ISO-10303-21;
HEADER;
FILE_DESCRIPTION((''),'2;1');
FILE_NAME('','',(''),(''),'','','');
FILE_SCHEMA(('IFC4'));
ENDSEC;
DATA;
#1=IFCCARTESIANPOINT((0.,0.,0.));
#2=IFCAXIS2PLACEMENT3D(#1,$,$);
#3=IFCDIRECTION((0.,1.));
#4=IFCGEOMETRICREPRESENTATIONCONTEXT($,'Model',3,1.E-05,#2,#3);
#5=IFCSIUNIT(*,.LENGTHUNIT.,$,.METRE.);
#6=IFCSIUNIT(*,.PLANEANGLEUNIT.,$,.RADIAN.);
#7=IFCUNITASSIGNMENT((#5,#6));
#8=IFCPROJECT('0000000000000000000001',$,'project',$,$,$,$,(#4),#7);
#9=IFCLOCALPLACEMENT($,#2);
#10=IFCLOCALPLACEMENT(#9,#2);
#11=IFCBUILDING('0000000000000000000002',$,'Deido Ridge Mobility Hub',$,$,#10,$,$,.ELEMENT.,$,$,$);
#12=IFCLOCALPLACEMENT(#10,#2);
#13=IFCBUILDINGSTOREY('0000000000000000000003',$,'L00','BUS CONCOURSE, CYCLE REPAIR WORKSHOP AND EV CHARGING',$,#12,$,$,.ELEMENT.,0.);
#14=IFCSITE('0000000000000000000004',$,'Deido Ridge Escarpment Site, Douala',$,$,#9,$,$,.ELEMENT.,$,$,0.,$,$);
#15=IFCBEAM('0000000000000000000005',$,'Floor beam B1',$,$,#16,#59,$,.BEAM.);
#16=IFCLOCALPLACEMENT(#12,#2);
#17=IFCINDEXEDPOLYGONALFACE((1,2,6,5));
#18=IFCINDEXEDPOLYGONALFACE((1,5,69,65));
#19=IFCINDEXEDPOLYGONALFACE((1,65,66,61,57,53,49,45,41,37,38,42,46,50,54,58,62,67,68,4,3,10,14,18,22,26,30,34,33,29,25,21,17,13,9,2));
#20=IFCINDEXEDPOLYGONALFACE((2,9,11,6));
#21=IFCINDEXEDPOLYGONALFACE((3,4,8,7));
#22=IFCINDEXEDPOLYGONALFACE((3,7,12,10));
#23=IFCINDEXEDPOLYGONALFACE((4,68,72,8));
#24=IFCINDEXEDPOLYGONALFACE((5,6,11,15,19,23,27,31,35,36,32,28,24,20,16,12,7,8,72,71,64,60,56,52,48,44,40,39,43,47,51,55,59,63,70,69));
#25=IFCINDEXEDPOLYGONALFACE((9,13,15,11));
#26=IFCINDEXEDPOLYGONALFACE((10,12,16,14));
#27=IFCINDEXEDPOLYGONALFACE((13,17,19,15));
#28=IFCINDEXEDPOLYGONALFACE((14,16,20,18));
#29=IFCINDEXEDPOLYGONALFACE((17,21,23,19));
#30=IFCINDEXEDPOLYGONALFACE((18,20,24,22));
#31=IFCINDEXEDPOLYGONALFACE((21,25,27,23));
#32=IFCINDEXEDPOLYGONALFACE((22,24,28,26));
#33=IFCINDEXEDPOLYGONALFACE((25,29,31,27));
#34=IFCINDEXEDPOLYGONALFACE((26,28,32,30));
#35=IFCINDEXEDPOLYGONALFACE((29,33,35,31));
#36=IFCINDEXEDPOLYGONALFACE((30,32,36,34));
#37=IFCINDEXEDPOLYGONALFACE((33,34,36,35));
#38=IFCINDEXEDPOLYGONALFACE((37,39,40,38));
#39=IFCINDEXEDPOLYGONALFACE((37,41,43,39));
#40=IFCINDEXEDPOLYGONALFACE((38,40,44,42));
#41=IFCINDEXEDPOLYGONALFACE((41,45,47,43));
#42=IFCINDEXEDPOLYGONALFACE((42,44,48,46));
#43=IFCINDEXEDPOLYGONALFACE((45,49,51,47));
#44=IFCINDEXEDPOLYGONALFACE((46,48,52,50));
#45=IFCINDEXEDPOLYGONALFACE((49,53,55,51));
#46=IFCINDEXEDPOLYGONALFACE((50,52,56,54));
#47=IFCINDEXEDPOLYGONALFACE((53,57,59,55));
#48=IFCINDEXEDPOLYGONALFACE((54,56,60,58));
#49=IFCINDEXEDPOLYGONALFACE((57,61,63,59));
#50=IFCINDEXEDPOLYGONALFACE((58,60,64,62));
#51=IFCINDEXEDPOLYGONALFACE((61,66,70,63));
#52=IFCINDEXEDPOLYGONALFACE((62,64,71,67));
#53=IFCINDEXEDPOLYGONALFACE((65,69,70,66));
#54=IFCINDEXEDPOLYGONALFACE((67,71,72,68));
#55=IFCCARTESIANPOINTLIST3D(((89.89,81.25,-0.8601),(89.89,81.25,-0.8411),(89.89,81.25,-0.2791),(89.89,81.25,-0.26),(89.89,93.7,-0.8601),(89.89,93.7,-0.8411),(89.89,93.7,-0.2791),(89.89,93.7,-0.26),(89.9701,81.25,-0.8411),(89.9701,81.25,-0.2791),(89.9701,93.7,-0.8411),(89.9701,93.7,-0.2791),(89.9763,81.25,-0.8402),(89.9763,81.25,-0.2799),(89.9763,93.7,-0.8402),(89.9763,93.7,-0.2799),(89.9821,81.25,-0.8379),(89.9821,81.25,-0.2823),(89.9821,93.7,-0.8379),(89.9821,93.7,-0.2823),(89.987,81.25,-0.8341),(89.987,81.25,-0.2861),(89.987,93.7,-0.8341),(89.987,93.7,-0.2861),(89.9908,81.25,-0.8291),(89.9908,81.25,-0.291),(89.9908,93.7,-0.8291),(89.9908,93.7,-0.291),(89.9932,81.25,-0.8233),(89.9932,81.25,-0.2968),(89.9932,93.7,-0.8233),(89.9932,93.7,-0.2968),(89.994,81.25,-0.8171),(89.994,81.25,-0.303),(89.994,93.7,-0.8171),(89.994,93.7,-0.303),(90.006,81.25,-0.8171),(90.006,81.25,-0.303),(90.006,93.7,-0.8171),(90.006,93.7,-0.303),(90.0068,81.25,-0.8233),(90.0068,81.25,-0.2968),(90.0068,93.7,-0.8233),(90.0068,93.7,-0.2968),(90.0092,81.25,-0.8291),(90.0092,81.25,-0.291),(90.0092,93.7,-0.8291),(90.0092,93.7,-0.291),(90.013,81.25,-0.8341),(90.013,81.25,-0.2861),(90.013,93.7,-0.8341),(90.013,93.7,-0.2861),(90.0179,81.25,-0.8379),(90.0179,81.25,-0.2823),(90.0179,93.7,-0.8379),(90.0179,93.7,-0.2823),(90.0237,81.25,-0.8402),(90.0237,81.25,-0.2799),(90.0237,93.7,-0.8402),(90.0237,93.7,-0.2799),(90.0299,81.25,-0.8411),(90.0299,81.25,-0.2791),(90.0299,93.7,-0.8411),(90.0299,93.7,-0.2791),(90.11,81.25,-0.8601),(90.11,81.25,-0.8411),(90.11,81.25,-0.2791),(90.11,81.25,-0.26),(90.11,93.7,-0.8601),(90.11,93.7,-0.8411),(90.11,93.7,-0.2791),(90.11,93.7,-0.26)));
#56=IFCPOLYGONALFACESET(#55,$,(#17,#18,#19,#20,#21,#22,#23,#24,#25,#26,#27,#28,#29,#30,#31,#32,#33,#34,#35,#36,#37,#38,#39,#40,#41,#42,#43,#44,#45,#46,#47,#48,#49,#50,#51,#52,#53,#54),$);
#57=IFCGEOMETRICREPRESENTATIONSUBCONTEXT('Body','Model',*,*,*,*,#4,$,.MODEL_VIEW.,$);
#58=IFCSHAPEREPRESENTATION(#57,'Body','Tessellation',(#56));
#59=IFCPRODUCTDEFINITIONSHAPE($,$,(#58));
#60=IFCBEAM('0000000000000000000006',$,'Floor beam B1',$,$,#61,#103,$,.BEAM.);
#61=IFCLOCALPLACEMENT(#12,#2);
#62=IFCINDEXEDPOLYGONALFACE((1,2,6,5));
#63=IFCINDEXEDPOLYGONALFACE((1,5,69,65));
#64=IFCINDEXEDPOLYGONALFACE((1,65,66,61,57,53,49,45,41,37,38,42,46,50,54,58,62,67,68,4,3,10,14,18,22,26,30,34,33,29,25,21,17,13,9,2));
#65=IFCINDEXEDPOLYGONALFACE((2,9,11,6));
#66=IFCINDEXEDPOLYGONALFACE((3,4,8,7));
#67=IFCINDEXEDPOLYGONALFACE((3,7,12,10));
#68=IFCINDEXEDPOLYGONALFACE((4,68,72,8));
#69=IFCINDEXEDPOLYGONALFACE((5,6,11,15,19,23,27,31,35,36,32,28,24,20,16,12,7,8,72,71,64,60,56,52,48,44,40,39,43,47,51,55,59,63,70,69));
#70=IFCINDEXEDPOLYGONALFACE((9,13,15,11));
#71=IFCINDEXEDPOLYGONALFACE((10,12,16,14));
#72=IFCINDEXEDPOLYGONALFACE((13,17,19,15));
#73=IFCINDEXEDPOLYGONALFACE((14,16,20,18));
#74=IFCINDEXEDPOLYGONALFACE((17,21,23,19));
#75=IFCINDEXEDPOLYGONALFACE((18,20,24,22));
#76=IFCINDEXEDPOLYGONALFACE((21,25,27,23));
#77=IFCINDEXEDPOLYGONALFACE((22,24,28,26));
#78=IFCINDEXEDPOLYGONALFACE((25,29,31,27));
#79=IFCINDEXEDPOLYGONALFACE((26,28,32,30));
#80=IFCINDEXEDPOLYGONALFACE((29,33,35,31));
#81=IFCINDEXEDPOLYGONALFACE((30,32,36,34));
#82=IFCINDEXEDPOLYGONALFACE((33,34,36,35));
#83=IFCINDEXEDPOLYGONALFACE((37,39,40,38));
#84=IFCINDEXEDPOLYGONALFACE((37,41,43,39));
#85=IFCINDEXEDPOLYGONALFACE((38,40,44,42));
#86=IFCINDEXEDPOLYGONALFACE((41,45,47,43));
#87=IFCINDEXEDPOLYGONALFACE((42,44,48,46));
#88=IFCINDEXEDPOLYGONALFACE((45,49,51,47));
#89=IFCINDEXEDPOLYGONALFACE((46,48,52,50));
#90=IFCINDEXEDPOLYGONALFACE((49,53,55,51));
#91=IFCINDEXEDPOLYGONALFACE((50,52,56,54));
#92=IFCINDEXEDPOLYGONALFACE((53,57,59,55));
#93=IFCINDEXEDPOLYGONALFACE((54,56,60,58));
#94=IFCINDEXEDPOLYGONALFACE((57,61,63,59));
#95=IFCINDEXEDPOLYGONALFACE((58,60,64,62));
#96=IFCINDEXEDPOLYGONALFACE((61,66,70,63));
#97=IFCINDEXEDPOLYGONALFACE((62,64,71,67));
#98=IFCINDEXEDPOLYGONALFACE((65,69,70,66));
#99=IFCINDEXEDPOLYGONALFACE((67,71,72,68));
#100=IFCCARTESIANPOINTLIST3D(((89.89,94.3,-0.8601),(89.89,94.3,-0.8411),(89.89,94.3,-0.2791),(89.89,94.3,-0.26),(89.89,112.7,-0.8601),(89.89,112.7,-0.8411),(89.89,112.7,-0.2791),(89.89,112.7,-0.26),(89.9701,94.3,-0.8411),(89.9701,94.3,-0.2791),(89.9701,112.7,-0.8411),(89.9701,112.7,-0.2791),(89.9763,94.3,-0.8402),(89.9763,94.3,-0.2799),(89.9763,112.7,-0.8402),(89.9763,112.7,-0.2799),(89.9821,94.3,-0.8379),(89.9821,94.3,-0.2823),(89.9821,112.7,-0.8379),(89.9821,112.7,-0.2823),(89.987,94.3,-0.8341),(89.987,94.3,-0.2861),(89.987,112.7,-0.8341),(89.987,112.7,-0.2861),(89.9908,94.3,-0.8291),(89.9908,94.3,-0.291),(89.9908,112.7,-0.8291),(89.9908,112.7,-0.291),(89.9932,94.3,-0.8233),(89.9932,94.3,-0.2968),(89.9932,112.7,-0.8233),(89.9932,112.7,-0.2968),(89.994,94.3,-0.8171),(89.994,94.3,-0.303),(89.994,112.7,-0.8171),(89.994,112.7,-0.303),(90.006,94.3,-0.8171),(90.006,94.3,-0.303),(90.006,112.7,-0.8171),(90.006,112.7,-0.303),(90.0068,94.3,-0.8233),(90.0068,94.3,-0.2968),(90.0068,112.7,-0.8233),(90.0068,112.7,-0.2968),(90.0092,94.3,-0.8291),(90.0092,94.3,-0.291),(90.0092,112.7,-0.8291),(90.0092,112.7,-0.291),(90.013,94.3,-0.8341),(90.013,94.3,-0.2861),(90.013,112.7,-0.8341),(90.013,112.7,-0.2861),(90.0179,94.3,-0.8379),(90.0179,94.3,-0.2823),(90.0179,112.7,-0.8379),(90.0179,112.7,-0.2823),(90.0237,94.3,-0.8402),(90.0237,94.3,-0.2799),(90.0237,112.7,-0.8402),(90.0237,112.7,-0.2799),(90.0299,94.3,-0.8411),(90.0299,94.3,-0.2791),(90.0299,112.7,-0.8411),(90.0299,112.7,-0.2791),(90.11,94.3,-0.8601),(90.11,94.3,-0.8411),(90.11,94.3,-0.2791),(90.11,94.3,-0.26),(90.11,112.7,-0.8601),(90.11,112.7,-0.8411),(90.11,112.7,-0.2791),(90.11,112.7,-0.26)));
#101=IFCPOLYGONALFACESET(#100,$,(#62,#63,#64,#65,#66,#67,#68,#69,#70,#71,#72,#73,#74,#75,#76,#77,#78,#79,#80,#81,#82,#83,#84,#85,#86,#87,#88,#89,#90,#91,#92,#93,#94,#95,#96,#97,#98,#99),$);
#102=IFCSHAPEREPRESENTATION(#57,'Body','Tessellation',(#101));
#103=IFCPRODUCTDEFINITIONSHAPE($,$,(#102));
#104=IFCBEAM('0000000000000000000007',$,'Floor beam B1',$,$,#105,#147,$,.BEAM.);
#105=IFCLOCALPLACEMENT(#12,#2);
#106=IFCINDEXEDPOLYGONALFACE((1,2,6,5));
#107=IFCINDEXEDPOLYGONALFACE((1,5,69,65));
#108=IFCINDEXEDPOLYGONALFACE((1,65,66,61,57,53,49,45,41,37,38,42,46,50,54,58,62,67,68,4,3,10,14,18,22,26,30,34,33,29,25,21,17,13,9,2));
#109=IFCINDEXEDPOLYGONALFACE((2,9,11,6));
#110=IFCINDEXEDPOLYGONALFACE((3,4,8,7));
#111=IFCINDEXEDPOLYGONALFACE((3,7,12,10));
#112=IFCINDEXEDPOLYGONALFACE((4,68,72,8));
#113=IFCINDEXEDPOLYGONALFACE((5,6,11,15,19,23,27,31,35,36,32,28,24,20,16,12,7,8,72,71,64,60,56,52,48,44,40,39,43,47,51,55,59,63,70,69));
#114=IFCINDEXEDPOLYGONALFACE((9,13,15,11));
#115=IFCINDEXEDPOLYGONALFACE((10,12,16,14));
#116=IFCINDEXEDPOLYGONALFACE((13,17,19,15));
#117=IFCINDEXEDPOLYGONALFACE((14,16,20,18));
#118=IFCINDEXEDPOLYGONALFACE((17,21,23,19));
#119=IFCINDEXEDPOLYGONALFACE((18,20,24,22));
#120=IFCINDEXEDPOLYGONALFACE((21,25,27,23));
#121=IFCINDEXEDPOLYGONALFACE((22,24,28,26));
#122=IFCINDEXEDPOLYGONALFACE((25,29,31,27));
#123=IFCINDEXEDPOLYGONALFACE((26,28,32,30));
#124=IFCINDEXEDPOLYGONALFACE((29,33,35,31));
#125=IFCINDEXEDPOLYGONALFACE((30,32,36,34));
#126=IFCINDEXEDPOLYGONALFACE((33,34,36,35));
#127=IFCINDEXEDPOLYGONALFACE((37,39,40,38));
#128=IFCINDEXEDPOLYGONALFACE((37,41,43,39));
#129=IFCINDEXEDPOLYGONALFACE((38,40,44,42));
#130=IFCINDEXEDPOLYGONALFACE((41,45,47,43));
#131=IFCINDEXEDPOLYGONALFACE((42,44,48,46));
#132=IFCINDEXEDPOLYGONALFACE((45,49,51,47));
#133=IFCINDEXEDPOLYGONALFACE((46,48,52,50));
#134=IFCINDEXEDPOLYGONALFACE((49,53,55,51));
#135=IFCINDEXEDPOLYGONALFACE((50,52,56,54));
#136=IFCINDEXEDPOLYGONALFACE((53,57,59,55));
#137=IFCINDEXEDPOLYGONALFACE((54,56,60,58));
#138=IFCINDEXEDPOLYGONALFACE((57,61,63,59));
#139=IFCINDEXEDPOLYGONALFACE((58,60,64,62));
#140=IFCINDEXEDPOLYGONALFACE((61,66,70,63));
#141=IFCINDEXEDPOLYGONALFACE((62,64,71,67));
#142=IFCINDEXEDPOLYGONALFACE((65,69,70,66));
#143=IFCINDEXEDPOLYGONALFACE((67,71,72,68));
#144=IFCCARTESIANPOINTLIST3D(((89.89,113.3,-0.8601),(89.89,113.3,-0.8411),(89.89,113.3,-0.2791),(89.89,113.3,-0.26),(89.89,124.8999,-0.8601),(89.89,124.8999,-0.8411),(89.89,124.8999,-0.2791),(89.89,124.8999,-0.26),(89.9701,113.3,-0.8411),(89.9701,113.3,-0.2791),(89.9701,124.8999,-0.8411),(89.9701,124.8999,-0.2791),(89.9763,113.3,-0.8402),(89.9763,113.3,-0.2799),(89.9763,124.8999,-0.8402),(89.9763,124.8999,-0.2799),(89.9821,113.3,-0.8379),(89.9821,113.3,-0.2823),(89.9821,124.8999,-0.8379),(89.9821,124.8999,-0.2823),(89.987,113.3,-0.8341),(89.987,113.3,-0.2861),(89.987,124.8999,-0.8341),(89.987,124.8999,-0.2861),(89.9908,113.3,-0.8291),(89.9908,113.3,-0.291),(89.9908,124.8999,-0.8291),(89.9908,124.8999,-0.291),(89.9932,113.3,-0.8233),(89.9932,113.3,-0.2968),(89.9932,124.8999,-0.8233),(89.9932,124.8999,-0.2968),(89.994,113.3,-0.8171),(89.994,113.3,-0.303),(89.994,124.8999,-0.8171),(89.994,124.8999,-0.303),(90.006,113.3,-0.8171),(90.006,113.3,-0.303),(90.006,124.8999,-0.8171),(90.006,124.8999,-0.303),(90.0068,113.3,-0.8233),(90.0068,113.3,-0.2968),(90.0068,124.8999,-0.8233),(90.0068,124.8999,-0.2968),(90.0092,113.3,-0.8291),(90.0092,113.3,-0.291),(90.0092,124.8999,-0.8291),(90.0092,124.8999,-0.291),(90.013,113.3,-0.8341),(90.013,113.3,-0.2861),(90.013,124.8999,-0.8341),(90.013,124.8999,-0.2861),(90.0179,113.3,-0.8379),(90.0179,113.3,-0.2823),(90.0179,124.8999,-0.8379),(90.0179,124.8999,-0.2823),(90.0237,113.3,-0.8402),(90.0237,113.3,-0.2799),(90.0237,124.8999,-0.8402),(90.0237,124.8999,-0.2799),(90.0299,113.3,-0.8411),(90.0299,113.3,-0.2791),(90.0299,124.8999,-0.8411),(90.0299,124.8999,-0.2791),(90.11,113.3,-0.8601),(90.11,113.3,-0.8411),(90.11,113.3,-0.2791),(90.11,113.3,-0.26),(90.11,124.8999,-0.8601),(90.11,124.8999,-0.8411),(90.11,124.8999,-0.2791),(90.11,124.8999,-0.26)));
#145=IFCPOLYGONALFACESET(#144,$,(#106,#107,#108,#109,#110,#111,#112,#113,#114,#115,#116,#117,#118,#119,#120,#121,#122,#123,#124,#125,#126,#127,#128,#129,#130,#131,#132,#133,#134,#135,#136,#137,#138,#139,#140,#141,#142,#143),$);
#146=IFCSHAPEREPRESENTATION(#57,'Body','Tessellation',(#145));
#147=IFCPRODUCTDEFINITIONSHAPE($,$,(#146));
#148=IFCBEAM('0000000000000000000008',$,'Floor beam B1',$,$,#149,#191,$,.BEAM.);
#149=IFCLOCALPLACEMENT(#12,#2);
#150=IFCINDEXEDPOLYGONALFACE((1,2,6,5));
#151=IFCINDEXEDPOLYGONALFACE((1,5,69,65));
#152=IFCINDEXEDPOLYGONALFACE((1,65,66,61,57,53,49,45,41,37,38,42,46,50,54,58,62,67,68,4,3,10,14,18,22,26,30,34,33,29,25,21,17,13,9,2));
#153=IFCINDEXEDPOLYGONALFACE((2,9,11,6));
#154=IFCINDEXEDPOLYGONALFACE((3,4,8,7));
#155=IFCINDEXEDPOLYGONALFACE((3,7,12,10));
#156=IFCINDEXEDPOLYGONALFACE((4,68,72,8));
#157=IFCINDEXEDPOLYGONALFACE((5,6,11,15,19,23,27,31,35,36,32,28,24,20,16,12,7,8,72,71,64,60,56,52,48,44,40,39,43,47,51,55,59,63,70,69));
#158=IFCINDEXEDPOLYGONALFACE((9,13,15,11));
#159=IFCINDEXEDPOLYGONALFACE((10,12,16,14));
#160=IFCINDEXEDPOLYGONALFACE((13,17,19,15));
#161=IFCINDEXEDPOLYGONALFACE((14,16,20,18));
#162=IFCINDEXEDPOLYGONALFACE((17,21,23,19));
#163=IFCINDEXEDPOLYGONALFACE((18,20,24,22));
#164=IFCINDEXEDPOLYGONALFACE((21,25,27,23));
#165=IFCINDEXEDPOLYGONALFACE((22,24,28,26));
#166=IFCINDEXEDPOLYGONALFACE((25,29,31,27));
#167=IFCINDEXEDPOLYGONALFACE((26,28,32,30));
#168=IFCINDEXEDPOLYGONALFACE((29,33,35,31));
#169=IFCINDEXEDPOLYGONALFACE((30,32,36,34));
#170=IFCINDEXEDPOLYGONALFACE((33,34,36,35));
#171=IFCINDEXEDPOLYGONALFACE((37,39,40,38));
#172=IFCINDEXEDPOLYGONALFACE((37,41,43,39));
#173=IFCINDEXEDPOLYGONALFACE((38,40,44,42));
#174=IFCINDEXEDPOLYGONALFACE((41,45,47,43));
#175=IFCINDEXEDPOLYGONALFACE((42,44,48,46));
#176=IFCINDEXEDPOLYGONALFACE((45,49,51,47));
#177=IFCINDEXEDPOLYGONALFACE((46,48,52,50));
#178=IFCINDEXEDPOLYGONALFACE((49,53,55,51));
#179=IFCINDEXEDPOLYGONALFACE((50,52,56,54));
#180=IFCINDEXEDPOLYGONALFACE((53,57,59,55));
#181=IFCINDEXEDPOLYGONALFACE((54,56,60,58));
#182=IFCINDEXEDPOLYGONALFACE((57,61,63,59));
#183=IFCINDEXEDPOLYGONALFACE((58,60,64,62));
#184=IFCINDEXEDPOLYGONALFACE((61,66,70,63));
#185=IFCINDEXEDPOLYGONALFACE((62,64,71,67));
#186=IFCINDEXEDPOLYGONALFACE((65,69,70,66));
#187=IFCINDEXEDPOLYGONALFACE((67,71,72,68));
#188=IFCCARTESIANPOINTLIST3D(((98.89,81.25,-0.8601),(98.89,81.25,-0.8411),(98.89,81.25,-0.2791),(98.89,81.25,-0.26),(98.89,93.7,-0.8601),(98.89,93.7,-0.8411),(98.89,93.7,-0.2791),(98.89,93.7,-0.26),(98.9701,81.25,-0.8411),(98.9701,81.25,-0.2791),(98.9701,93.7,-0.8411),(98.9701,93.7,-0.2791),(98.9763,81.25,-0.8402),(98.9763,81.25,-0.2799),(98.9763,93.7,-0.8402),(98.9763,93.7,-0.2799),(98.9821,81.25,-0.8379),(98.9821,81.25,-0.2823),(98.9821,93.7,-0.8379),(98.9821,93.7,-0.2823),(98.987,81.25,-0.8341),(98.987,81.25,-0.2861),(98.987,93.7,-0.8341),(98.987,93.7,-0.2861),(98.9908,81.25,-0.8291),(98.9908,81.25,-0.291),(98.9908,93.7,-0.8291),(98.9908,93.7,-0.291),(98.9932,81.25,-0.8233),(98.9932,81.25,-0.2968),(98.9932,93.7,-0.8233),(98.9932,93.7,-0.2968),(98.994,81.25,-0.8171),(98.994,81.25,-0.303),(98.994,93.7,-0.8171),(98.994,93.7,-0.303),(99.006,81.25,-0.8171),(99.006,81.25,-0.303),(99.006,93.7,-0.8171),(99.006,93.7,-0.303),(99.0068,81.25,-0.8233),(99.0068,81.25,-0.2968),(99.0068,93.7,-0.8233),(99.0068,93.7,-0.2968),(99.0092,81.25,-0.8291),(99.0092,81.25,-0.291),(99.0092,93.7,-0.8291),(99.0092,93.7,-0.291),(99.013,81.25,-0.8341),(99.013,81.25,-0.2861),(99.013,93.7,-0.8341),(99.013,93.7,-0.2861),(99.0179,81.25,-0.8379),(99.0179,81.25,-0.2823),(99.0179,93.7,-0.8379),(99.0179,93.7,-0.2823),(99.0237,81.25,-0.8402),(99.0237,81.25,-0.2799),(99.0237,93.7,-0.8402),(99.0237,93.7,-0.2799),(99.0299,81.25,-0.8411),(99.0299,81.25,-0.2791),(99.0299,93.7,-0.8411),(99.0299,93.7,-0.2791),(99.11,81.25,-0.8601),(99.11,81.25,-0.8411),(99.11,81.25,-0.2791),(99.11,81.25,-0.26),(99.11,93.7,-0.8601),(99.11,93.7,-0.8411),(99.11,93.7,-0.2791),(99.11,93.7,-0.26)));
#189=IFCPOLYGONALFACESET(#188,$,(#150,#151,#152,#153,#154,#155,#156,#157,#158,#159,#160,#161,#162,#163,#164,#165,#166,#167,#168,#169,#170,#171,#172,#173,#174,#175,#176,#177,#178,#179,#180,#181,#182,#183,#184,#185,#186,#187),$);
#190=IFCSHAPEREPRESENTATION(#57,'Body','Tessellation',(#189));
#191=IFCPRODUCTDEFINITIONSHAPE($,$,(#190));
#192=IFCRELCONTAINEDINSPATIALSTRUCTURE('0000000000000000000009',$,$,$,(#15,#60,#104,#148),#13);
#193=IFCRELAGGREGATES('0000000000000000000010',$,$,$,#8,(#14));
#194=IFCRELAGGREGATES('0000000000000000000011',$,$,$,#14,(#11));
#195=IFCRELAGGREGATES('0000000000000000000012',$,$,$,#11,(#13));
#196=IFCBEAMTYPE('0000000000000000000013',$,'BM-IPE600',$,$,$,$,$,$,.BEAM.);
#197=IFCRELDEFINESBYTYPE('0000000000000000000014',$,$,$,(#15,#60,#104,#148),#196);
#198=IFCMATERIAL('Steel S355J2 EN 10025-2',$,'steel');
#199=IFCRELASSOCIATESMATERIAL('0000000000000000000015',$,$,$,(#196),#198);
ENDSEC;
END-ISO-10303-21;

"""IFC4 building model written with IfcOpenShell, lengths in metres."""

from ifc_helpers import new_model, si_unit, direction, frame, origin, origin_2d, place, context, subcontext, project, spatial, i_section, extrude, material, material_profile, profile_set, type_object, element, save


model = new_model("IFC4")

# Units and contexts
model_context = context("Model", 3, precision=1e-05, world=origin(), true_north=direction((0.0, 1.0)))
body_context = subcontext(model_context, "Body", "Model", "MODEL_VIEW")
ifc_project = project(units=[si_unit("LENGTHUNIT", "METRE"), si_unit("PLANEANGLEUNIT", "RADIAN")], contexts=[model_context])

# Site, building, storey
site_placement = place(None, origin())
site = spatial("IfcSite", under=ifc_project, at=site_placement, Name="Deido Ridge Escarpment Site, Douala", CompositionType="ELEMENT", RefElevation=0.0)
building_placement = place(site_placement, origin())
building = spatial("IfcBuilding", under=site, at=building_placement, Name="Deido Ridge Mobility Hub", CompositionType="ELEMENT")
storey_placement = place(building_placement, origin())
storey = spatial("IfcBuildingStorey", under=building, at=storey_placement, Name="L00", Description="BUS CONCOURSE, CYCLE REPAIR WORKSHOP AND EV CHARGING", CompositionType="ELEMENT", Elevation=0.0)

# Shared definitions
ifc_material_1 = material(Name="Steel S355J2 EN 10025-2", Category="steel")

# Beams
ifc_material_profile_1 = material_profile(ifc_material_1, i_section(OverallWidth=0.22, OverallDepth=0.6001, WebThickness=0.012, FlangeThickness=0.019, FilletRadius=0.0239, at=origin_2d()), Name="IPE 600")
ifc_profile_set_1 = profile_set([ifc_material_profile_1], Name="Steel S355J2 EN 10025-2")
beam_type_1 = type_object("IfcBeamType", Name="BM-IPE600", PredefinedType="BEAM", material=ifc_profile_set_1)
beam_1_placement = place(storey_placement, frame((90.0, 81.25, -0.5601), z_axis=(0.0, 1.0, 0.0), x_axis=(-1.0, 0.0, 0.0)))
element("IfcBeam", 1, at=beam_1_placement, inside=storey, type_object=beam_type_1, Name="Floor beam B1", PredefinedType="BEAM", context=body_context, shape_type="SweptSolid", body=[
    extrude(i_section(OverallWidth=0.22, OverallDepth=0.6001, WebThickness=0.012, FlangeThickness=0.019, FilletRadius=0.0239, at=origin_2d()), origin(), (0.0, 0.0, 1.0), 12.45),
])
beam_2_placement = place(storey_placement, frame((90.0, 94.3, -0.5601), z_axis=(0.0, 1.0, 0.0), x_axis=(-1.0, 0.0, 0.0)))
element("IfcBeam", 2, at=beam_2_placement, inside=storey, type_object=beam_type_1, Name="Floor beam B1", PredefinedType="BEAM", context=body_context, shape_type="SweptSolid", body=[
    extrude(i_section(OverallWidth=0.22, OverallDepth=0.6001, WebThickness=0.012, FlangeThickness=0.019, FilletRadius=0.0239, at=origin_2d()), origin(), (0.0, 0.0, 1.0), 18.3999),
])
beam_3_placement = place(storey_placement, frame((90.0, 113.3, -0.5601), z_axis=(0.0, 1.0, 0.0), x_axis=(-1.0, 0.0, 0.0)))
element("IfcBeam", 3, at=beam_3_placement, inside=storey, type_object=beam_type_1, Name="Floor beam B1", PredefinedType="BEAM", context=body_context, shape_type="SweptSolid", body=[
    extrude(i_section(OverallWidth=0.22, OverallDepth=0.6001, WebThickness=0.012, FlangeThickness=0.019, FilletRadius=0.0239, at=origin_2d()), origin(), (0.0, 0.0, 1.0), 11.5999),
])
beam_4_placement = place(storey_placement, frame((99.0, 81.25, -0.5601), z_axis=(0.0, 1.0, 0.0), x_axis=(-1.0, 0.0, 0.0)))
element("IfcBeam", 4, at=beam_4_placement, inside=storey, type_object=beam_type_1, Name="Floor beam B1", PredefinedType="BEAM", context=body_context, shape_type="SweptSolid", body=[
    extrude(i_section(OverallWidth=0.22, OverallDepth=0.6001, WebThickness=0.012, FlangeThickness=0.019, FilletRadius=0.0239, at=origin_2d()), origin(), (0.0, 0.0, 1.0), 12.45),
])

save(model, "model.ifc")
